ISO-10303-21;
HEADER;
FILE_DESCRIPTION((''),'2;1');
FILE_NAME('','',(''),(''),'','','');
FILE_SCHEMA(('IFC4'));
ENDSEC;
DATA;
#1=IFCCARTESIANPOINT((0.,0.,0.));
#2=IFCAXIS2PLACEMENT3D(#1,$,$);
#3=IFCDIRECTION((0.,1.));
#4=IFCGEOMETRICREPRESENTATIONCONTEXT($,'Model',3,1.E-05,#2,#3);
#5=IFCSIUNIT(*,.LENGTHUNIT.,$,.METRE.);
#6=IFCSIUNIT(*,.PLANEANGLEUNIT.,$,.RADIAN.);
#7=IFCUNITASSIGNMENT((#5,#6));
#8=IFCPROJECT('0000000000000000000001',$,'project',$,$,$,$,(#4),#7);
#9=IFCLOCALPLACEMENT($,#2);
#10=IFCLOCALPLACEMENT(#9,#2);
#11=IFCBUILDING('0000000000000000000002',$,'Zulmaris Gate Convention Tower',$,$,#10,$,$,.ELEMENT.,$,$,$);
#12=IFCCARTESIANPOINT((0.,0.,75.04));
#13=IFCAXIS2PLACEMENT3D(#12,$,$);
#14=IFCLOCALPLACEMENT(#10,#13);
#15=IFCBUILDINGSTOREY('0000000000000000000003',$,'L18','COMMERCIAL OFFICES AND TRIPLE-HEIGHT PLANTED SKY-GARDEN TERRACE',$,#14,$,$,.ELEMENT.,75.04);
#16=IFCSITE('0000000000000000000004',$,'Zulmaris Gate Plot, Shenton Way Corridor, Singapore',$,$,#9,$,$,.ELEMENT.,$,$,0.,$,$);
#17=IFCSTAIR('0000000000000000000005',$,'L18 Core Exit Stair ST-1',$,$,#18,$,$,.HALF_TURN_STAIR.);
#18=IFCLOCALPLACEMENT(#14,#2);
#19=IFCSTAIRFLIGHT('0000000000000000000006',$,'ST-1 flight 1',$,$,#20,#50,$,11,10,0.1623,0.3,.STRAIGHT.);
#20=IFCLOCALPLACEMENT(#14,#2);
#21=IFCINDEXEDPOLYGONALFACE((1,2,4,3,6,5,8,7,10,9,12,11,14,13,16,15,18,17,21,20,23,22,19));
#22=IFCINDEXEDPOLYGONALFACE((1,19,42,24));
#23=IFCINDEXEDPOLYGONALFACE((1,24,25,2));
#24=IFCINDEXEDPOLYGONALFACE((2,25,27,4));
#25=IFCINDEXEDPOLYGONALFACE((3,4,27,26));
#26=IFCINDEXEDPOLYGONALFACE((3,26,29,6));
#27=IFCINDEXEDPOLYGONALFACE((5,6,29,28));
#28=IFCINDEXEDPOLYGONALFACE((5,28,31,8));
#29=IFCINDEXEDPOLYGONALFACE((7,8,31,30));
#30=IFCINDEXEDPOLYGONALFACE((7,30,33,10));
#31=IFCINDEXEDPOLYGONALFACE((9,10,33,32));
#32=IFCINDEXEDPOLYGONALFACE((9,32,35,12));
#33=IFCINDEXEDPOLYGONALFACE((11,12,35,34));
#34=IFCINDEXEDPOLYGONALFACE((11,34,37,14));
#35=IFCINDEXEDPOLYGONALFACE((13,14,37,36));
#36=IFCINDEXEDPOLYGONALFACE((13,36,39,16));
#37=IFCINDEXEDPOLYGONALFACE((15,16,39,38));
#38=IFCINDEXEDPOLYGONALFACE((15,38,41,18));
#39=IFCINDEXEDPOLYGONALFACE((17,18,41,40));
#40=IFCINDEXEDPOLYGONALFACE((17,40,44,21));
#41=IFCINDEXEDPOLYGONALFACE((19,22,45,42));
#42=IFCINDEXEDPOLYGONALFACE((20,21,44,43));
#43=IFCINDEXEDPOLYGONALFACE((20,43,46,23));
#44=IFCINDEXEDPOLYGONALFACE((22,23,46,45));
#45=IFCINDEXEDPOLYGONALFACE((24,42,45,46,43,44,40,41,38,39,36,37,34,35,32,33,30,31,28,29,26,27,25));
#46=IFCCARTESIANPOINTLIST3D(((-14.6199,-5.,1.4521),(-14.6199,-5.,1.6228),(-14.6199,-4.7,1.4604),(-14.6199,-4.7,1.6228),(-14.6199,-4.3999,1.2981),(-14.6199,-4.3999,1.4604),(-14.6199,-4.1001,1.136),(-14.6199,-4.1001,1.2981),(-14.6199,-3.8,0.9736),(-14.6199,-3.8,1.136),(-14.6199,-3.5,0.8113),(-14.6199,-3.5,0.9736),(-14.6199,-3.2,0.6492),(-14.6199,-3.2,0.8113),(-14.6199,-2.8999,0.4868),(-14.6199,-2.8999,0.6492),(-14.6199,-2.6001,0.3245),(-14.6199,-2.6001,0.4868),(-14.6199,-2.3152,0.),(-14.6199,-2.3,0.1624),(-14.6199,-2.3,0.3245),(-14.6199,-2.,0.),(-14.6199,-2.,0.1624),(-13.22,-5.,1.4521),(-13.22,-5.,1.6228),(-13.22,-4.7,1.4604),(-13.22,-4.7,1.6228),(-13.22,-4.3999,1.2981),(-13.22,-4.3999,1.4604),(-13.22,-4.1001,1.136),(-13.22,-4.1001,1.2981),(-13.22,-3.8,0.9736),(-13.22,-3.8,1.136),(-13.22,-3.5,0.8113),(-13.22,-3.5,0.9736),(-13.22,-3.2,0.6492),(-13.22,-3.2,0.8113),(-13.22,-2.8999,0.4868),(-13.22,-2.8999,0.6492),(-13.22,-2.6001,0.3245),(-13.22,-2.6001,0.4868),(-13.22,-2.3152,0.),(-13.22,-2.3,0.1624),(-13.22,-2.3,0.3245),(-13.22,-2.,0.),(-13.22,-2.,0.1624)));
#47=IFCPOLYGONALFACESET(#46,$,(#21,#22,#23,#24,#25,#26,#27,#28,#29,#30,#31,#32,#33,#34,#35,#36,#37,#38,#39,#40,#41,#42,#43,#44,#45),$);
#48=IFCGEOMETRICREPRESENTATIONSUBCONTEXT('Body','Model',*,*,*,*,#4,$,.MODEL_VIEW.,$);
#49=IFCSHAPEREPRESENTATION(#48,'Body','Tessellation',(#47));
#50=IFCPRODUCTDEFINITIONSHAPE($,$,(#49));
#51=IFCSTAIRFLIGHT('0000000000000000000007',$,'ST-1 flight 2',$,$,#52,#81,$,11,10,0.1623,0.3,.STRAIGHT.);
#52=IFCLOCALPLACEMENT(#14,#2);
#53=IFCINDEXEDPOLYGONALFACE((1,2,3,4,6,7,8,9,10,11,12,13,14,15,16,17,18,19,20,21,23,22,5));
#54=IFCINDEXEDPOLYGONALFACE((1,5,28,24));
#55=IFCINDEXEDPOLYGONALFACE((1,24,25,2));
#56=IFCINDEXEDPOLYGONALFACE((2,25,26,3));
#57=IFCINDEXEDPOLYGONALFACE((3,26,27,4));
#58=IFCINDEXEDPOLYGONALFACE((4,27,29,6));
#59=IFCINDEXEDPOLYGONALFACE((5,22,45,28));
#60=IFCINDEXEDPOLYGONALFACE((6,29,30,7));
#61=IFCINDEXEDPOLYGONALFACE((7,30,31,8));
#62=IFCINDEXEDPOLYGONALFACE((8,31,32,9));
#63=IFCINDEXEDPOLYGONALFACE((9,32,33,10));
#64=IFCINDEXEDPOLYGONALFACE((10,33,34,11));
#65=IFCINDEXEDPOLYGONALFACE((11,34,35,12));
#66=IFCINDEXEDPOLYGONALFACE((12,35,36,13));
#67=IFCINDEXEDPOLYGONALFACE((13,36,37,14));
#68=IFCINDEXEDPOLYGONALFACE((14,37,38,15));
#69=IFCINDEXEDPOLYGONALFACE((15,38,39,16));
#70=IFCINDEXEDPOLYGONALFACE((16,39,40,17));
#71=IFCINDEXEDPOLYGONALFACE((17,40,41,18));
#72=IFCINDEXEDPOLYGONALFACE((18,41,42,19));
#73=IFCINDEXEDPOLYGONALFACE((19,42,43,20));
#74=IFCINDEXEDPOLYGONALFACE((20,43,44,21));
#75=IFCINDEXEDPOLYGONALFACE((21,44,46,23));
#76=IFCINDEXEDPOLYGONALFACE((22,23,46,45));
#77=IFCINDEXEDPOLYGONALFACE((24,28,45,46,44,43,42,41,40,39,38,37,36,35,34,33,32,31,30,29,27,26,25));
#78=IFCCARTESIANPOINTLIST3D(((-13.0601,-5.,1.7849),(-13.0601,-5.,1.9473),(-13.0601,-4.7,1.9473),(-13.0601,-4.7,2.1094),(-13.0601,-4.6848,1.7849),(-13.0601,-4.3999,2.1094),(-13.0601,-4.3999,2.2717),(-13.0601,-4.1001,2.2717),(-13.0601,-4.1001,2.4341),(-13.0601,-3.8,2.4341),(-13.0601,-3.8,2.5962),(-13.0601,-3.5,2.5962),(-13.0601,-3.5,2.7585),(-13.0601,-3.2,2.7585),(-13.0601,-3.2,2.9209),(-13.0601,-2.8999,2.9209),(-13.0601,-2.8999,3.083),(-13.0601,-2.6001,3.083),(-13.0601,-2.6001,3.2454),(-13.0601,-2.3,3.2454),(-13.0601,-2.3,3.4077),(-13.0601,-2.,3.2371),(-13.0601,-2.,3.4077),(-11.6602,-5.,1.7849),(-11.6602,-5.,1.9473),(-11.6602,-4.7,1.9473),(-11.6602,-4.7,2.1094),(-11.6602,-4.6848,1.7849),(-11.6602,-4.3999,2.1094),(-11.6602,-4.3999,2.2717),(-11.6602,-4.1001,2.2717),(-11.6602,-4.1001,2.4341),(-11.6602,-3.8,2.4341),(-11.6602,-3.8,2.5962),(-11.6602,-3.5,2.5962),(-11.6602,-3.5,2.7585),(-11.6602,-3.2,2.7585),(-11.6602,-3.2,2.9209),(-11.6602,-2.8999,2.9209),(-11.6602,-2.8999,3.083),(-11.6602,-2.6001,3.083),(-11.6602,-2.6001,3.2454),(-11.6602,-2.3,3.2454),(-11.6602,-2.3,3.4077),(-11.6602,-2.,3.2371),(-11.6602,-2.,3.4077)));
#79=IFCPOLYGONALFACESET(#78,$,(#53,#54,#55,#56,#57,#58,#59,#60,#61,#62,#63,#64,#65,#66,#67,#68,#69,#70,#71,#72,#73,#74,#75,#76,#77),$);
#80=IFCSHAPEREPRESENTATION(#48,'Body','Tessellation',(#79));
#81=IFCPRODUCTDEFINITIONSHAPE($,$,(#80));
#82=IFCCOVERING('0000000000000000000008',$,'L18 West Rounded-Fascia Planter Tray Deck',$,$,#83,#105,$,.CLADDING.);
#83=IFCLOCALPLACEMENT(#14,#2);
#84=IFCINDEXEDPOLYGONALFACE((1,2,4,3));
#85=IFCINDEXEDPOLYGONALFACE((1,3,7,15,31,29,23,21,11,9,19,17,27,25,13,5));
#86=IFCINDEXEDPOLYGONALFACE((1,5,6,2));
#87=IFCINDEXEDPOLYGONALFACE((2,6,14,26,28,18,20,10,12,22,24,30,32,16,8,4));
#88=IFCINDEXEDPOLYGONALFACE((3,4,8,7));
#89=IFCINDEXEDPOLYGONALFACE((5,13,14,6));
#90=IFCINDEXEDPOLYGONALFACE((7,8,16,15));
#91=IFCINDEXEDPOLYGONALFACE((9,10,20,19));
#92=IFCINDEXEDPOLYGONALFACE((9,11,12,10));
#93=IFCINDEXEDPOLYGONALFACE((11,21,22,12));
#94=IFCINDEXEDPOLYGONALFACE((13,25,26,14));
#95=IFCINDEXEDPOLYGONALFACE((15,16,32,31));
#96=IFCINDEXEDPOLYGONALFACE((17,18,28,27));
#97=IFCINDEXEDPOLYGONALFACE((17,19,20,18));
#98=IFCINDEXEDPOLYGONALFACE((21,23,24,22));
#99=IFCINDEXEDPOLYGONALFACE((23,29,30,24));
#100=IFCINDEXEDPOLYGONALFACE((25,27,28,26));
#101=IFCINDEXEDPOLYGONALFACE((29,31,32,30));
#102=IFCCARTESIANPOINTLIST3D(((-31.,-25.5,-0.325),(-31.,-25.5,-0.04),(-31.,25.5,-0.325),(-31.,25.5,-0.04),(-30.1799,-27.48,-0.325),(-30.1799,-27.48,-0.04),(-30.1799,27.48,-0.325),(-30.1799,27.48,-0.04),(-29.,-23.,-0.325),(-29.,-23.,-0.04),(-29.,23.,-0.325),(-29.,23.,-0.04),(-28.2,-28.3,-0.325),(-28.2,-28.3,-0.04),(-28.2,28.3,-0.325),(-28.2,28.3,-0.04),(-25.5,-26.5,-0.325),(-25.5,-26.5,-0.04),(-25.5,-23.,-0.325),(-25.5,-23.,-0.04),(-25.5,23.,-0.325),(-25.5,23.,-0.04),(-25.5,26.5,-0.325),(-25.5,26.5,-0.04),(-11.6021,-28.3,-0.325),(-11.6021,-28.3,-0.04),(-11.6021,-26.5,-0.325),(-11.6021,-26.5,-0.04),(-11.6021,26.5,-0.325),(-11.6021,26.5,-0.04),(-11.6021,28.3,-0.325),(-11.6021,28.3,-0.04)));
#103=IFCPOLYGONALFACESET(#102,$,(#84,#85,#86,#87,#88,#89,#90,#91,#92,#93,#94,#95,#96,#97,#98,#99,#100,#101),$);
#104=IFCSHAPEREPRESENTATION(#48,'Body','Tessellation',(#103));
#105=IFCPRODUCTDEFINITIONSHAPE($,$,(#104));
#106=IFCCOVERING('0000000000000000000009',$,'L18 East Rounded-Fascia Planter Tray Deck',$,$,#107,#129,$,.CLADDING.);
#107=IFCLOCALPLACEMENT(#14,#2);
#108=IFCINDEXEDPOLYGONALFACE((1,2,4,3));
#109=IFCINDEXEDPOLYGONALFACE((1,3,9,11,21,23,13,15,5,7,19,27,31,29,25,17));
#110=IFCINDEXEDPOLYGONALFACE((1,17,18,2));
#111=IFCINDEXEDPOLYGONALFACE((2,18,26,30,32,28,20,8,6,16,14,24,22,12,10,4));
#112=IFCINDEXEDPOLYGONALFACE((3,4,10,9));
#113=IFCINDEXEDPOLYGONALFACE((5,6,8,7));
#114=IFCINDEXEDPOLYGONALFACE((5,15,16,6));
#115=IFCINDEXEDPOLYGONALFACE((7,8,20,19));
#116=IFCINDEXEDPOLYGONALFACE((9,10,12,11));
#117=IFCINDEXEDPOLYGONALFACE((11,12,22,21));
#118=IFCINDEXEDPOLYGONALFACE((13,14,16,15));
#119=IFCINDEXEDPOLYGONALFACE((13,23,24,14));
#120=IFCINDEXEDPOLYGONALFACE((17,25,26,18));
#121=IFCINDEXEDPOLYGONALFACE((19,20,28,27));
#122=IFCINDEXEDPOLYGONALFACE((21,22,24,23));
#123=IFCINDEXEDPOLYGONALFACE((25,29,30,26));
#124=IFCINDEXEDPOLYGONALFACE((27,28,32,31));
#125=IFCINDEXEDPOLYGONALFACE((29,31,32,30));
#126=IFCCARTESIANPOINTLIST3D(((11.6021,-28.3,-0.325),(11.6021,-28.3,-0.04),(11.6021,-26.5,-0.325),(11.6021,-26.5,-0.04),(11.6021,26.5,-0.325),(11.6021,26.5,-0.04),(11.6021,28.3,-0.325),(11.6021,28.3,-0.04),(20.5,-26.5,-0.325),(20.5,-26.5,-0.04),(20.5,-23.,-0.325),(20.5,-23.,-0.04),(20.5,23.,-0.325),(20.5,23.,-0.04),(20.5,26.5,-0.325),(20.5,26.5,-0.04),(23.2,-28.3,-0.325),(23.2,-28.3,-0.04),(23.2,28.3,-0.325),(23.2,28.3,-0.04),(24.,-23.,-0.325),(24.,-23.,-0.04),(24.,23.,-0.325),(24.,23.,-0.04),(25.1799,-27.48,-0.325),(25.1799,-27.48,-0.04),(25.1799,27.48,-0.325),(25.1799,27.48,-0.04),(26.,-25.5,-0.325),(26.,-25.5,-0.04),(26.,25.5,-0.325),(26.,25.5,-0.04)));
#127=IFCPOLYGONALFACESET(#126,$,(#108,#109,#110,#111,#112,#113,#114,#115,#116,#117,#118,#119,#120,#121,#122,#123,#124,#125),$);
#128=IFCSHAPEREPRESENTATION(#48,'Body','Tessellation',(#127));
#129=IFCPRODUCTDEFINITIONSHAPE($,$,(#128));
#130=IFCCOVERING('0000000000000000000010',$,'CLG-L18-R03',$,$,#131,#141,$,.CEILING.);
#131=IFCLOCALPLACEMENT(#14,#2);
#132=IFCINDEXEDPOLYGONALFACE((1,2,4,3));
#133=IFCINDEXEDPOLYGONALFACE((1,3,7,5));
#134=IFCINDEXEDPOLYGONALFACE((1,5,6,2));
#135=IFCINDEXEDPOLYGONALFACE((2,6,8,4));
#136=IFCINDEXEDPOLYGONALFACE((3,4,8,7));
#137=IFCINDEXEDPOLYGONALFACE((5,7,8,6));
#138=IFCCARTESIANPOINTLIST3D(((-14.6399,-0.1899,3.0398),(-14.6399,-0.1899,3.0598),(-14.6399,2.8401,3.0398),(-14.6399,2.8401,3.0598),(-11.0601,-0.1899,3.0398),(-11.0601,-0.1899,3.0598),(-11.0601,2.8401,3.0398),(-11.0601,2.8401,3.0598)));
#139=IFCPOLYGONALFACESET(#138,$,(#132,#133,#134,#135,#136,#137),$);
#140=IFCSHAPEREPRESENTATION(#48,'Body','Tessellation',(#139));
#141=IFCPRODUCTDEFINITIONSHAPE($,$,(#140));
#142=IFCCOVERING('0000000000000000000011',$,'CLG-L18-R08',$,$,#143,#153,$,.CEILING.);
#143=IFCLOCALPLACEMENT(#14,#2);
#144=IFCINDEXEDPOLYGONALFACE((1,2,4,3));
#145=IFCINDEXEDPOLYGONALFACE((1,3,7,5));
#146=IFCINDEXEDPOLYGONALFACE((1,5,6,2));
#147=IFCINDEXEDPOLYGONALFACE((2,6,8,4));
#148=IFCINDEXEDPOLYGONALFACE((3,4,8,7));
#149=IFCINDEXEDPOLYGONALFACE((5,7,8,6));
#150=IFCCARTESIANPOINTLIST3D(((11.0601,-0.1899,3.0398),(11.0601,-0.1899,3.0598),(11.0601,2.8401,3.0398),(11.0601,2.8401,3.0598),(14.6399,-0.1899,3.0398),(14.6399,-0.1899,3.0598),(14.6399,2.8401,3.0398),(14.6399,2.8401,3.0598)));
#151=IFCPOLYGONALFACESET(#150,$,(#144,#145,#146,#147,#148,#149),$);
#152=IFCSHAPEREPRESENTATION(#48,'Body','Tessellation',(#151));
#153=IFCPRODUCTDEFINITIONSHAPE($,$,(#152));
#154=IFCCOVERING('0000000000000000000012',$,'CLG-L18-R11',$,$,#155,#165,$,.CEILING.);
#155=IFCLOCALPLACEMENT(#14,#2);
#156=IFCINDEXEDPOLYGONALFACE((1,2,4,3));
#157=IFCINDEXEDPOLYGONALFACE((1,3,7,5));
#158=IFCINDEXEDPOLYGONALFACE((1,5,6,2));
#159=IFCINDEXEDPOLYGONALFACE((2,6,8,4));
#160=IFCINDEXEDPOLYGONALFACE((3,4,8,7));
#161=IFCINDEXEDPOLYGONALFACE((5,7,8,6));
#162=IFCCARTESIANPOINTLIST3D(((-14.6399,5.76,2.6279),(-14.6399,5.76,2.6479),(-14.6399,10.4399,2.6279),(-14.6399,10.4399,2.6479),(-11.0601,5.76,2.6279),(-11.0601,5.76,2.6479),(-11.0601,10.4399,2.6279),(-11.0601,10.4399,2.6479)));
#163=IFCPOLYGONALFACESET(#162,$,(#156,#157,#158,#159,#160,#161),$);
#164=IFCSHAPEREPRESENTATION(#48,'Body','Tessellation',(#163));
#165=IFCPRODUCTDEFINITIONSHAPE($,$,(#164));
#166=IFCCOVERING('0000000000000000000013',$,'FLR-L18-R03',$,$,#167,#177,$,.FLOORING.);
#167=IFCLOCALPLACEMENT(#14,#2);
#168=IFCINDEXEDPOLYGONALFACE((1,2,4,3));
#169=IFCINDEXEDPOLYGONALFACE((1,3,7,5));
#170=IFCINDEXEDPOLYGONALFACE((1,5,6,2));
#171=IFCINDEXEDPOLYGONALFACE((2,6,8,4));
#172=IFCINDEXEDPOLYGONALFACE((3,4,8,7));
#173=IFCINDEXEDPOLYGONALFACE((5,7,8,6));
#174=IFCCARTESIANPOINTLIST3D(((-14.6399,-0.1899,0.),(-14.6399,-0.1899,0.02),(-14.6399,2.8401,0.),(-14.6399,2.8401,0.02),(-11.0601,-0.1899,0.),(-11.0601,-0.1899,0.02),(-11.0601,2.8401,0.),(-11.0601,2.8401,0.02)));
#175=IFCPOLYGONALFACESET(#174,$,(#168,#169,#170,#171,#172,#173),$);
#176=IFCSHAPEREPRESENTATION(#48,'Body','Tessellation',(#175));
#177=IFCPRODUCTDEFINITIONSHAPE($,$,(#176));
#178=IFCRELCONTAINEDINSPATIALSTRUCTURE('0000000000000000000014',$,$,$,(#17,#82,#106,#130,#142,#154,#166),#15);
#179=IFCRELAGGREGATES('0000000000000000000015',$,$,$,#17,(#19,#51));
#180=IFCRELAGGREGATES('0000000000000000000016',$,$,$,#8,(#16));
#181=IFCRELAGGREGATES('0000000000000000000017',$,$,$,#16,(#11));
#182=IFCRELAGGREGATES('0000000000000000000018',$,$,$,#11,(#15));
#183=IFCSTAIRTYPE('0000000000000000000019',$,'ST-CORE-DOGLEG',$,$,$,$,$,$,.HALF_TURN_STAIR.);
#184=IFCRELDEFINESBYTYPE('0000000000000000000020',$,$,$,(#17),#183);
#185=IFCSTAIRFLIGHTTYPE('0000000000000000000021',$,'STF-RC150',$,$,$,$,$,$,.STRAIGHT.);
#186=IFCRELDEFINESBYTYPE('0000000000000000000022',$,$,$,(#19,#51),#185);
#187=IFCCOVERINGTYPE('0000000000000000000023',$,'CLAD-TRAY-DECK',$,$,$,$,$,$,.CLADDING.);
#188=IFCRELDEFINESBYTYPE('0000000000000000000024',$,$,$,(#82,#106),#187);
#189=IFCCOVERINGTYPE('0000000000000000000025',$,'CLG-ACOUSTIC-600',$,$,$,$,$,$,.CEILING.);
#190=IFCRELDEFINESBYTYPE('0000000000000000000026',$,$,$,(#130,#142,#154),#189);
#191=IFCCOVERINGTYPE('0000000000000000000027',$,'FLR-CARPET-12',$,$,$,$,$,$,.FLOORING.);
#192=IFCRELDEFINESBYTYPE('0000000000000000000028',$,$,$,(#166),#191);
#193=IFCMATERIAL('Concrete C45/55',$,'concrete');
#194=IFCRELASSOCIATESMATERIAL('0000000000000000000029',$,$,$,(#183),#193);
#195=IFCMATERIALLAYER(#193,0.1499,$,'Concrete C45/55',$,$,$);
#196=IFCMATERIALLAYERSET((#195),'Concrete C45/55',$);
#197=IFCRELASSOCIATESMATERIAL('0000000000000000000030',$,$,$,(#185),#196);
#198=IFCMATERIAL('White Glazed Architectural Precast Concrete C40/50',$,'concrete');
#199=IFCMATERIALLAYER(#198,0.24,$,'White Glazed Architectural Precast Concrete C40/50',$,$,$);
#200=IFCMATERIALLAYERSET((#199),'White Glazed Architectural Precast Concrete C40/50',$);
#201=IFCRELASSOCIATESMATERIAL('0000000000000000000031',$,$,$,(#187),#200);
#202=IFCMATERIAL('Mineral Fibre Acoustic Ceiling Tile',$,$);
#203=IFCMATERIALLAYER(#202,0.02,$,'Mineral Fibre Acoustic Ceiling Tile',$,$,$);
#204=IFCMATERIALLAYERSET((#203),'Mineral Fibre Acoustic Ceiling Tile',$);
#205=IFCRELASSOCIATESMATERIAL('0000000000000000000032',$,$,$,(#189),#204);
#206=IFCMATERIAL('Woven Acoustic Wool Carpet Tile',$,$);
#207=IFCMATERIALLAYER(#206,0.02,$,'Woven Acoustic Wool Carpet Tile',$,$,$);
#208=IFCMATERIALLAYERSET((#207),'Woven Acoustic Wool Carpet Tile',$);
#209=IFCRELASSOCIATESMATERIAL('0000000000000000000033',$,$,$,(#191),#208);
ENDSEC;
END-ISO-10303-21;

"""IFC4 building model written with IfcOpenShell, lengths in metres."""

from ifc_helpers import new_model, si_unit, direction, frame, origin, place, context, subcontext, project, spatial, polyline, outline, extrude, material, layer, layer_set, type_object, element, aggregate, save


model = new_model("IFC4")

# Units and contexts
model_context = context("Model", 3, precision=1e-05, world=origin(), true_north=direction((0.0, 1.0)))
body_context = subcontext(model_context, "Body", "Model", "MODEL_VIEW")
ifc_project = project(units=[si_unit("LENGTHUNIT", "METRE"), si_unit("PLANEANGLEUNIT", "RADIAN")], contexts=[model_context])

# Site, building, storey
site_placement = place(None, origin())
site = spatial("IfcSite", under=ifc_project, at=site_placement, Name="Zulmaris Gate Plot, Shenton Way Corridor, Singapore", CompositionType="ELEMENT", RefElevation=0.0)
building_placement = place(site_placement, origin())
building = spatial("IfcBuilding", under=site, at=building_placement, Name="Zulmaris Gate Convention Tower", CompositionType="ELEMENT")
storey_placement = place(building_placement, frame((0.0, 0.0, 75.04)))
storey = spatial("IfcBuildingStorey", under=building, at=storey_placement, Name="L18", Description="COMMERCIAL OFFICES AND TRIPLE-HEIGHT PLANTED SKY-GARDEN TERRACE", CompositionType="ELEMENT", Elevation=75.04)

# Stair
ifc_material_1 = material(Name="Concrete C45/55", Category="concrete")
stair_type = type_object("IfcStairType", Name="ST-CORE-DOGLEG", PredefinedType="HALF_TURN_STAIR", material=ifc_material_1)
stair_1_placement = place(storey_placement, origin())
stair_1 = element("IfcStair", 1, at=stair_1_placement, inside=storey, type_object=stair_type, Name="L18 Core Exit Stair ST-1", PredefinedType="HALF_TURN_STAIR")

# Stair flights
ifc_layer_1 = layer(ifc_material_1, 0.1499, Name="Concrete C45/55")
ifc_layer_set_1 = layer_set([ifc_layer_1], Name="Concrete C45/55")
stair_flight_type = type_object("IfcStairFlightType", Name="STF-RC150", PredefinedType="STRAIGHT", material=ifc_layer_set_1)
stair_flight_1_placement = place(storey_placement, frame((-13.9199, -2.0, 0.0), z_axis=(0.0, 0.0, 1.0), x_axis=(0.0, -1.0, 0.0)))
stair_flight_1 = element("IfcStairFlight", 2, at=stair_flight_1_placement, type_object=stair_flight_type, Name="ST-1 flight 1", NumberOfRisers=11, NumberOfTreads=10, PredefinedType="STRAIGHT", RiserHeight=0.1623, TreadLength=0.3, context=body_context, shape_type="SweptSolid", body=[
    extrude(outline(polyline([(0.0, 0.0), (0.0, 0.1624), (0.3, 0.1624), (0.3, 0.3245), (0.6001, 0.3245), (0.6001, 0.4868), (0.8999, 0.4868), (0.8999, 0.6492), (1.2, 0.6492), (1.2, 0.8113), (1.5, 0.8113), (1.5, 0.9736), (1.8, 0.9736), (1.8, 1.136), (2.1001, 1.136), (2.1001, 1.2981), (2.3999, 1.2981), (2.3999, 1.4604), (2.7, 1.4604), (2.7, 1.6228), (3.0, 1.6228), (3.0, 1.7849), (3.0, 1.4521), (0.3152, 0.0), (0.0, 0.0)])), frame((0.0, 0.7, 0.0), z_axis=(0.0, -1.0, 0.0), x_axis=(1.0, 0.0, 0.0)), (0.0, 0.0, 1.0), 1.3999),
])
stair_flight_2_placement = place(storey_placement, frame((-12.3601, -5.0, 1.7849), z_axis=(0.0, 0.0, 1.0), x_axis=(0.0, 1.0, 0.0)))
stair_flight_2 = element("IfcStairFlight", 3, at=stair_flight_2_placement, type_object=stair_flight_type, Name="ST-1 flight 2", NumberOfRisers=11, NumberOfTreads=10, PredefinedType="STRAIGHT", RiserHeight=0.1623, TreadLength=0.3, context=body_context, shape_type="SweptSolid", body=[
    extrude(outline(polyline([(0.0, 0.0), (0.0, 0.1624), (0.3, 0.1624), (0.3, 0.3245), (0.6001, 0.3245), (0.6001, 0.4868), (0.8999, 0.4868), (0.8999, 0.6492), (1.2, 0.6492), (1.2, 0.8113), (1.5, 0.8113), (1.5, 0.9736), (1.8, 0.9736), (1.8, 1.136), (2.1001, 1.136), (2.1001, 1.2981), (2.3999, 1.2981), (2.3999, 1.4604), (2.7, 1.4604), (2.7, 1.6228), (3.0, 1.6228), (3.0, 1.7849), (3.0, 1.4521), (0.3152, 0.0), (0.0, 0.0)])), frame((0.0, 0.7, 0.0), z_axis=(0.0, -1.0, 0.0), x_axis=(1.0, 0.0, 0.0)), (0.0, 0.0, 1.0), 1.3999),
])
aggregate(stair_1, [stair_flight_1, stair_flight_2])

# Coverings
ifc_material_2 = material(Name="White Glazed Architectural Precast Concrete C40/50", Category="concrete")
ifc_layer_2 = layer(ifc_material_2, 0.24, Name="White Glazed Architectural Precast Concrete C40/50")
ifc_layer_set_2 = layer_set([ifc_layer_2], Name="White Glazed Architectural Precast Concrete C40/50")
covering_type_1 = type_object("IfcCoveringType", Name="CLAD-TRAY-DECK", PredefinedType="CLADDING", material=ifc_layer_set_2)
covering_1_placement = place(storey_placement, frame((0.0, 0.0, -0.325)))
element("IfcCovering", 4, at=covering_1_placement, inside=storey, type_object=covering_type_1, Name="L18 West Rounded-Fascia Planter Tray Deck", PredefinedType="CLADDING", context=body_context, shape_type="SweptSolid", body=[
    extrude(outline(polyline([(-31.0, 25.5), (-30.1799, 27.48), (-28.2, 28.3), (-11.6021, 28.3), (-11.6021, 26.5), (-25.5, 26.5), (-25.5, 23.0), (-29.0, 23.0), (-29.0, -23.0), (-25.5, -23.0), (-25.5, -26.5), (-11.6021, -26.5), (-11.6021, -28.3), (-28.2, -28.3), (-30.1799, -27.48), (-31.0, -25.5), (-31.0, 25.5)])), origin(), (0.0, 0.0, 1.0), 0.2849),
])
covering_2_placement = place(storey_placement, frame((0.0, 0.0, -0.325)))
element("IfcCovering", 5, at=covering_2_placement, inside=storey, type_object=covering_type_1, Name="L18 East Rounded-Fascia Planter Tray Deck", PredefinedType="CLADDING", context=body_context, shape_type="SweptSolid", body=[
    extrude(outline(polyline([(23.2, 28.3), (25.1799, 27.48), (26.0, 25.5), (26.0, -25.5), (25.1799, -27.48), (23.2, -28.3), (11.6021, -28.3), (11.6021, -26.5), (20.5, -26.5), (20.5, -23.0), (24.0, -23.0), (24.0, 23.0), (20.5, 23.0), (20.5, 26.5), (11.6021, 26.5), (11.6021, 28.3), (23.2, 28.3)])), origin(), (0.0, 0.0, 1.0), 0.2849),
])
ifc_material_3 = material(Name="Mineral Fibre Acoustic Ceiling Tile")
ifc_layer_3 = layer(ifc_material_3, 0.02, Name="Mineral Fibre Acoustic Ceiling Tile")
ifc_layer_set_3 = layer_set([ifc_layer_3], Name="Mineral Fibre Acoustic Ceiling Tile")
covering_type_2 = type_object("IfcCoveringType", Name="CLG-ACOUSTIC-600", PredefinedType="CEILING", material=ifc_layer_set_3)
covering_3_placement = place(storey_placement, frame((0.0, 0.0, 3.0398)))
element("IfcCovering", 6, at=covering_3_placement, inside=storey, type_object=covering_type_2, Name="CLG-L18-R03", PredefinedType="CEILING", context=body_context, shape_type="SweptSolid", body=[
    extrude(outline(polyline([(-14.6399, -0.1899), (-11.0601, -0.1899), (-11.0601, 2.8401), (-14.6399, 2.8401), (-14.6399, -0.1899)])), origin(), (0.0, 0.0, 1.0), 0.02),
])
covering_4_placement = place(storey_placement, frame((0.0, 0.0, 3.0398)))
element("IfcCovering", 7, at=covering_4_placement, inside=storey, type_object=covering_type_2, Name="CLG-L18-R08", PredefinedType="CEILING", context=body_context, shape_type="SweptSolid", body=[
    extrude(outline(polyline([(11.0601, -0.1899), (14.6399, -0.1899), (14.6399, 2.8401), (11.0601, 2.8401), (11.0601, -0.1899)])), origin(), (0.0, 0.0, 1.0), 0.02),
])
covering_5_placement = place(storey_placement, frame((0.0, 0.0, 2.6279)))
element("IfcCovering", 8, at=covering_5_placement, inside=storey, type_object=covering_type_2, Name="CLG-L18-R11", PredefinedType="CEILING", context=body_context, shape_type="SweptSolid", body=[
    extrude(outline(polyline([(-14.6399, 5.76), (-11.0601, 5.76), (-11.0601, 10.4399), (-14.6399, 10.4399), (-14.6399, 5.76)])), origin(), (0.0, 0.0, 1.0), 0.02),
])
ifc_material_4 = material(Name="Woven Acoustic Wool Carpet Tile")
ifc_layer_4 = layer(ifc_material_4, 0.02, Name="Woven Acoustic Wool Carpet Tile")
ifc_layer_set_4 = layer_set([ifc_layer_4], Name="Woven Acoustic Wool Carpet Tile")
covering_type_3 = type_object("IfcCoveringType", Name="FLR-CARPET-12", PredefinedType="FLOORING", material=ifc_layer_set_4)
covering_6_placement = place(storey_placement, origin())
element("IfcCovering", 9, at=covering_6_placement, inside=storey, type_object=covering_type_3, Name="FLR-L18-R03", PredefinedType="FLOORING", context=body_context, shape_type="SweptSolid", body=[
    extrude(outline(polyline([(-14.6399, -0.1899), (-11.0601, -0.1899), (-11.0601, 2.8401), (-14.6399, 2.8401), (-14.6399, -0.1899)])), origin(), (0.0, 0.0, 1.0), 0.02),
])

save(model, "model.ifc")
